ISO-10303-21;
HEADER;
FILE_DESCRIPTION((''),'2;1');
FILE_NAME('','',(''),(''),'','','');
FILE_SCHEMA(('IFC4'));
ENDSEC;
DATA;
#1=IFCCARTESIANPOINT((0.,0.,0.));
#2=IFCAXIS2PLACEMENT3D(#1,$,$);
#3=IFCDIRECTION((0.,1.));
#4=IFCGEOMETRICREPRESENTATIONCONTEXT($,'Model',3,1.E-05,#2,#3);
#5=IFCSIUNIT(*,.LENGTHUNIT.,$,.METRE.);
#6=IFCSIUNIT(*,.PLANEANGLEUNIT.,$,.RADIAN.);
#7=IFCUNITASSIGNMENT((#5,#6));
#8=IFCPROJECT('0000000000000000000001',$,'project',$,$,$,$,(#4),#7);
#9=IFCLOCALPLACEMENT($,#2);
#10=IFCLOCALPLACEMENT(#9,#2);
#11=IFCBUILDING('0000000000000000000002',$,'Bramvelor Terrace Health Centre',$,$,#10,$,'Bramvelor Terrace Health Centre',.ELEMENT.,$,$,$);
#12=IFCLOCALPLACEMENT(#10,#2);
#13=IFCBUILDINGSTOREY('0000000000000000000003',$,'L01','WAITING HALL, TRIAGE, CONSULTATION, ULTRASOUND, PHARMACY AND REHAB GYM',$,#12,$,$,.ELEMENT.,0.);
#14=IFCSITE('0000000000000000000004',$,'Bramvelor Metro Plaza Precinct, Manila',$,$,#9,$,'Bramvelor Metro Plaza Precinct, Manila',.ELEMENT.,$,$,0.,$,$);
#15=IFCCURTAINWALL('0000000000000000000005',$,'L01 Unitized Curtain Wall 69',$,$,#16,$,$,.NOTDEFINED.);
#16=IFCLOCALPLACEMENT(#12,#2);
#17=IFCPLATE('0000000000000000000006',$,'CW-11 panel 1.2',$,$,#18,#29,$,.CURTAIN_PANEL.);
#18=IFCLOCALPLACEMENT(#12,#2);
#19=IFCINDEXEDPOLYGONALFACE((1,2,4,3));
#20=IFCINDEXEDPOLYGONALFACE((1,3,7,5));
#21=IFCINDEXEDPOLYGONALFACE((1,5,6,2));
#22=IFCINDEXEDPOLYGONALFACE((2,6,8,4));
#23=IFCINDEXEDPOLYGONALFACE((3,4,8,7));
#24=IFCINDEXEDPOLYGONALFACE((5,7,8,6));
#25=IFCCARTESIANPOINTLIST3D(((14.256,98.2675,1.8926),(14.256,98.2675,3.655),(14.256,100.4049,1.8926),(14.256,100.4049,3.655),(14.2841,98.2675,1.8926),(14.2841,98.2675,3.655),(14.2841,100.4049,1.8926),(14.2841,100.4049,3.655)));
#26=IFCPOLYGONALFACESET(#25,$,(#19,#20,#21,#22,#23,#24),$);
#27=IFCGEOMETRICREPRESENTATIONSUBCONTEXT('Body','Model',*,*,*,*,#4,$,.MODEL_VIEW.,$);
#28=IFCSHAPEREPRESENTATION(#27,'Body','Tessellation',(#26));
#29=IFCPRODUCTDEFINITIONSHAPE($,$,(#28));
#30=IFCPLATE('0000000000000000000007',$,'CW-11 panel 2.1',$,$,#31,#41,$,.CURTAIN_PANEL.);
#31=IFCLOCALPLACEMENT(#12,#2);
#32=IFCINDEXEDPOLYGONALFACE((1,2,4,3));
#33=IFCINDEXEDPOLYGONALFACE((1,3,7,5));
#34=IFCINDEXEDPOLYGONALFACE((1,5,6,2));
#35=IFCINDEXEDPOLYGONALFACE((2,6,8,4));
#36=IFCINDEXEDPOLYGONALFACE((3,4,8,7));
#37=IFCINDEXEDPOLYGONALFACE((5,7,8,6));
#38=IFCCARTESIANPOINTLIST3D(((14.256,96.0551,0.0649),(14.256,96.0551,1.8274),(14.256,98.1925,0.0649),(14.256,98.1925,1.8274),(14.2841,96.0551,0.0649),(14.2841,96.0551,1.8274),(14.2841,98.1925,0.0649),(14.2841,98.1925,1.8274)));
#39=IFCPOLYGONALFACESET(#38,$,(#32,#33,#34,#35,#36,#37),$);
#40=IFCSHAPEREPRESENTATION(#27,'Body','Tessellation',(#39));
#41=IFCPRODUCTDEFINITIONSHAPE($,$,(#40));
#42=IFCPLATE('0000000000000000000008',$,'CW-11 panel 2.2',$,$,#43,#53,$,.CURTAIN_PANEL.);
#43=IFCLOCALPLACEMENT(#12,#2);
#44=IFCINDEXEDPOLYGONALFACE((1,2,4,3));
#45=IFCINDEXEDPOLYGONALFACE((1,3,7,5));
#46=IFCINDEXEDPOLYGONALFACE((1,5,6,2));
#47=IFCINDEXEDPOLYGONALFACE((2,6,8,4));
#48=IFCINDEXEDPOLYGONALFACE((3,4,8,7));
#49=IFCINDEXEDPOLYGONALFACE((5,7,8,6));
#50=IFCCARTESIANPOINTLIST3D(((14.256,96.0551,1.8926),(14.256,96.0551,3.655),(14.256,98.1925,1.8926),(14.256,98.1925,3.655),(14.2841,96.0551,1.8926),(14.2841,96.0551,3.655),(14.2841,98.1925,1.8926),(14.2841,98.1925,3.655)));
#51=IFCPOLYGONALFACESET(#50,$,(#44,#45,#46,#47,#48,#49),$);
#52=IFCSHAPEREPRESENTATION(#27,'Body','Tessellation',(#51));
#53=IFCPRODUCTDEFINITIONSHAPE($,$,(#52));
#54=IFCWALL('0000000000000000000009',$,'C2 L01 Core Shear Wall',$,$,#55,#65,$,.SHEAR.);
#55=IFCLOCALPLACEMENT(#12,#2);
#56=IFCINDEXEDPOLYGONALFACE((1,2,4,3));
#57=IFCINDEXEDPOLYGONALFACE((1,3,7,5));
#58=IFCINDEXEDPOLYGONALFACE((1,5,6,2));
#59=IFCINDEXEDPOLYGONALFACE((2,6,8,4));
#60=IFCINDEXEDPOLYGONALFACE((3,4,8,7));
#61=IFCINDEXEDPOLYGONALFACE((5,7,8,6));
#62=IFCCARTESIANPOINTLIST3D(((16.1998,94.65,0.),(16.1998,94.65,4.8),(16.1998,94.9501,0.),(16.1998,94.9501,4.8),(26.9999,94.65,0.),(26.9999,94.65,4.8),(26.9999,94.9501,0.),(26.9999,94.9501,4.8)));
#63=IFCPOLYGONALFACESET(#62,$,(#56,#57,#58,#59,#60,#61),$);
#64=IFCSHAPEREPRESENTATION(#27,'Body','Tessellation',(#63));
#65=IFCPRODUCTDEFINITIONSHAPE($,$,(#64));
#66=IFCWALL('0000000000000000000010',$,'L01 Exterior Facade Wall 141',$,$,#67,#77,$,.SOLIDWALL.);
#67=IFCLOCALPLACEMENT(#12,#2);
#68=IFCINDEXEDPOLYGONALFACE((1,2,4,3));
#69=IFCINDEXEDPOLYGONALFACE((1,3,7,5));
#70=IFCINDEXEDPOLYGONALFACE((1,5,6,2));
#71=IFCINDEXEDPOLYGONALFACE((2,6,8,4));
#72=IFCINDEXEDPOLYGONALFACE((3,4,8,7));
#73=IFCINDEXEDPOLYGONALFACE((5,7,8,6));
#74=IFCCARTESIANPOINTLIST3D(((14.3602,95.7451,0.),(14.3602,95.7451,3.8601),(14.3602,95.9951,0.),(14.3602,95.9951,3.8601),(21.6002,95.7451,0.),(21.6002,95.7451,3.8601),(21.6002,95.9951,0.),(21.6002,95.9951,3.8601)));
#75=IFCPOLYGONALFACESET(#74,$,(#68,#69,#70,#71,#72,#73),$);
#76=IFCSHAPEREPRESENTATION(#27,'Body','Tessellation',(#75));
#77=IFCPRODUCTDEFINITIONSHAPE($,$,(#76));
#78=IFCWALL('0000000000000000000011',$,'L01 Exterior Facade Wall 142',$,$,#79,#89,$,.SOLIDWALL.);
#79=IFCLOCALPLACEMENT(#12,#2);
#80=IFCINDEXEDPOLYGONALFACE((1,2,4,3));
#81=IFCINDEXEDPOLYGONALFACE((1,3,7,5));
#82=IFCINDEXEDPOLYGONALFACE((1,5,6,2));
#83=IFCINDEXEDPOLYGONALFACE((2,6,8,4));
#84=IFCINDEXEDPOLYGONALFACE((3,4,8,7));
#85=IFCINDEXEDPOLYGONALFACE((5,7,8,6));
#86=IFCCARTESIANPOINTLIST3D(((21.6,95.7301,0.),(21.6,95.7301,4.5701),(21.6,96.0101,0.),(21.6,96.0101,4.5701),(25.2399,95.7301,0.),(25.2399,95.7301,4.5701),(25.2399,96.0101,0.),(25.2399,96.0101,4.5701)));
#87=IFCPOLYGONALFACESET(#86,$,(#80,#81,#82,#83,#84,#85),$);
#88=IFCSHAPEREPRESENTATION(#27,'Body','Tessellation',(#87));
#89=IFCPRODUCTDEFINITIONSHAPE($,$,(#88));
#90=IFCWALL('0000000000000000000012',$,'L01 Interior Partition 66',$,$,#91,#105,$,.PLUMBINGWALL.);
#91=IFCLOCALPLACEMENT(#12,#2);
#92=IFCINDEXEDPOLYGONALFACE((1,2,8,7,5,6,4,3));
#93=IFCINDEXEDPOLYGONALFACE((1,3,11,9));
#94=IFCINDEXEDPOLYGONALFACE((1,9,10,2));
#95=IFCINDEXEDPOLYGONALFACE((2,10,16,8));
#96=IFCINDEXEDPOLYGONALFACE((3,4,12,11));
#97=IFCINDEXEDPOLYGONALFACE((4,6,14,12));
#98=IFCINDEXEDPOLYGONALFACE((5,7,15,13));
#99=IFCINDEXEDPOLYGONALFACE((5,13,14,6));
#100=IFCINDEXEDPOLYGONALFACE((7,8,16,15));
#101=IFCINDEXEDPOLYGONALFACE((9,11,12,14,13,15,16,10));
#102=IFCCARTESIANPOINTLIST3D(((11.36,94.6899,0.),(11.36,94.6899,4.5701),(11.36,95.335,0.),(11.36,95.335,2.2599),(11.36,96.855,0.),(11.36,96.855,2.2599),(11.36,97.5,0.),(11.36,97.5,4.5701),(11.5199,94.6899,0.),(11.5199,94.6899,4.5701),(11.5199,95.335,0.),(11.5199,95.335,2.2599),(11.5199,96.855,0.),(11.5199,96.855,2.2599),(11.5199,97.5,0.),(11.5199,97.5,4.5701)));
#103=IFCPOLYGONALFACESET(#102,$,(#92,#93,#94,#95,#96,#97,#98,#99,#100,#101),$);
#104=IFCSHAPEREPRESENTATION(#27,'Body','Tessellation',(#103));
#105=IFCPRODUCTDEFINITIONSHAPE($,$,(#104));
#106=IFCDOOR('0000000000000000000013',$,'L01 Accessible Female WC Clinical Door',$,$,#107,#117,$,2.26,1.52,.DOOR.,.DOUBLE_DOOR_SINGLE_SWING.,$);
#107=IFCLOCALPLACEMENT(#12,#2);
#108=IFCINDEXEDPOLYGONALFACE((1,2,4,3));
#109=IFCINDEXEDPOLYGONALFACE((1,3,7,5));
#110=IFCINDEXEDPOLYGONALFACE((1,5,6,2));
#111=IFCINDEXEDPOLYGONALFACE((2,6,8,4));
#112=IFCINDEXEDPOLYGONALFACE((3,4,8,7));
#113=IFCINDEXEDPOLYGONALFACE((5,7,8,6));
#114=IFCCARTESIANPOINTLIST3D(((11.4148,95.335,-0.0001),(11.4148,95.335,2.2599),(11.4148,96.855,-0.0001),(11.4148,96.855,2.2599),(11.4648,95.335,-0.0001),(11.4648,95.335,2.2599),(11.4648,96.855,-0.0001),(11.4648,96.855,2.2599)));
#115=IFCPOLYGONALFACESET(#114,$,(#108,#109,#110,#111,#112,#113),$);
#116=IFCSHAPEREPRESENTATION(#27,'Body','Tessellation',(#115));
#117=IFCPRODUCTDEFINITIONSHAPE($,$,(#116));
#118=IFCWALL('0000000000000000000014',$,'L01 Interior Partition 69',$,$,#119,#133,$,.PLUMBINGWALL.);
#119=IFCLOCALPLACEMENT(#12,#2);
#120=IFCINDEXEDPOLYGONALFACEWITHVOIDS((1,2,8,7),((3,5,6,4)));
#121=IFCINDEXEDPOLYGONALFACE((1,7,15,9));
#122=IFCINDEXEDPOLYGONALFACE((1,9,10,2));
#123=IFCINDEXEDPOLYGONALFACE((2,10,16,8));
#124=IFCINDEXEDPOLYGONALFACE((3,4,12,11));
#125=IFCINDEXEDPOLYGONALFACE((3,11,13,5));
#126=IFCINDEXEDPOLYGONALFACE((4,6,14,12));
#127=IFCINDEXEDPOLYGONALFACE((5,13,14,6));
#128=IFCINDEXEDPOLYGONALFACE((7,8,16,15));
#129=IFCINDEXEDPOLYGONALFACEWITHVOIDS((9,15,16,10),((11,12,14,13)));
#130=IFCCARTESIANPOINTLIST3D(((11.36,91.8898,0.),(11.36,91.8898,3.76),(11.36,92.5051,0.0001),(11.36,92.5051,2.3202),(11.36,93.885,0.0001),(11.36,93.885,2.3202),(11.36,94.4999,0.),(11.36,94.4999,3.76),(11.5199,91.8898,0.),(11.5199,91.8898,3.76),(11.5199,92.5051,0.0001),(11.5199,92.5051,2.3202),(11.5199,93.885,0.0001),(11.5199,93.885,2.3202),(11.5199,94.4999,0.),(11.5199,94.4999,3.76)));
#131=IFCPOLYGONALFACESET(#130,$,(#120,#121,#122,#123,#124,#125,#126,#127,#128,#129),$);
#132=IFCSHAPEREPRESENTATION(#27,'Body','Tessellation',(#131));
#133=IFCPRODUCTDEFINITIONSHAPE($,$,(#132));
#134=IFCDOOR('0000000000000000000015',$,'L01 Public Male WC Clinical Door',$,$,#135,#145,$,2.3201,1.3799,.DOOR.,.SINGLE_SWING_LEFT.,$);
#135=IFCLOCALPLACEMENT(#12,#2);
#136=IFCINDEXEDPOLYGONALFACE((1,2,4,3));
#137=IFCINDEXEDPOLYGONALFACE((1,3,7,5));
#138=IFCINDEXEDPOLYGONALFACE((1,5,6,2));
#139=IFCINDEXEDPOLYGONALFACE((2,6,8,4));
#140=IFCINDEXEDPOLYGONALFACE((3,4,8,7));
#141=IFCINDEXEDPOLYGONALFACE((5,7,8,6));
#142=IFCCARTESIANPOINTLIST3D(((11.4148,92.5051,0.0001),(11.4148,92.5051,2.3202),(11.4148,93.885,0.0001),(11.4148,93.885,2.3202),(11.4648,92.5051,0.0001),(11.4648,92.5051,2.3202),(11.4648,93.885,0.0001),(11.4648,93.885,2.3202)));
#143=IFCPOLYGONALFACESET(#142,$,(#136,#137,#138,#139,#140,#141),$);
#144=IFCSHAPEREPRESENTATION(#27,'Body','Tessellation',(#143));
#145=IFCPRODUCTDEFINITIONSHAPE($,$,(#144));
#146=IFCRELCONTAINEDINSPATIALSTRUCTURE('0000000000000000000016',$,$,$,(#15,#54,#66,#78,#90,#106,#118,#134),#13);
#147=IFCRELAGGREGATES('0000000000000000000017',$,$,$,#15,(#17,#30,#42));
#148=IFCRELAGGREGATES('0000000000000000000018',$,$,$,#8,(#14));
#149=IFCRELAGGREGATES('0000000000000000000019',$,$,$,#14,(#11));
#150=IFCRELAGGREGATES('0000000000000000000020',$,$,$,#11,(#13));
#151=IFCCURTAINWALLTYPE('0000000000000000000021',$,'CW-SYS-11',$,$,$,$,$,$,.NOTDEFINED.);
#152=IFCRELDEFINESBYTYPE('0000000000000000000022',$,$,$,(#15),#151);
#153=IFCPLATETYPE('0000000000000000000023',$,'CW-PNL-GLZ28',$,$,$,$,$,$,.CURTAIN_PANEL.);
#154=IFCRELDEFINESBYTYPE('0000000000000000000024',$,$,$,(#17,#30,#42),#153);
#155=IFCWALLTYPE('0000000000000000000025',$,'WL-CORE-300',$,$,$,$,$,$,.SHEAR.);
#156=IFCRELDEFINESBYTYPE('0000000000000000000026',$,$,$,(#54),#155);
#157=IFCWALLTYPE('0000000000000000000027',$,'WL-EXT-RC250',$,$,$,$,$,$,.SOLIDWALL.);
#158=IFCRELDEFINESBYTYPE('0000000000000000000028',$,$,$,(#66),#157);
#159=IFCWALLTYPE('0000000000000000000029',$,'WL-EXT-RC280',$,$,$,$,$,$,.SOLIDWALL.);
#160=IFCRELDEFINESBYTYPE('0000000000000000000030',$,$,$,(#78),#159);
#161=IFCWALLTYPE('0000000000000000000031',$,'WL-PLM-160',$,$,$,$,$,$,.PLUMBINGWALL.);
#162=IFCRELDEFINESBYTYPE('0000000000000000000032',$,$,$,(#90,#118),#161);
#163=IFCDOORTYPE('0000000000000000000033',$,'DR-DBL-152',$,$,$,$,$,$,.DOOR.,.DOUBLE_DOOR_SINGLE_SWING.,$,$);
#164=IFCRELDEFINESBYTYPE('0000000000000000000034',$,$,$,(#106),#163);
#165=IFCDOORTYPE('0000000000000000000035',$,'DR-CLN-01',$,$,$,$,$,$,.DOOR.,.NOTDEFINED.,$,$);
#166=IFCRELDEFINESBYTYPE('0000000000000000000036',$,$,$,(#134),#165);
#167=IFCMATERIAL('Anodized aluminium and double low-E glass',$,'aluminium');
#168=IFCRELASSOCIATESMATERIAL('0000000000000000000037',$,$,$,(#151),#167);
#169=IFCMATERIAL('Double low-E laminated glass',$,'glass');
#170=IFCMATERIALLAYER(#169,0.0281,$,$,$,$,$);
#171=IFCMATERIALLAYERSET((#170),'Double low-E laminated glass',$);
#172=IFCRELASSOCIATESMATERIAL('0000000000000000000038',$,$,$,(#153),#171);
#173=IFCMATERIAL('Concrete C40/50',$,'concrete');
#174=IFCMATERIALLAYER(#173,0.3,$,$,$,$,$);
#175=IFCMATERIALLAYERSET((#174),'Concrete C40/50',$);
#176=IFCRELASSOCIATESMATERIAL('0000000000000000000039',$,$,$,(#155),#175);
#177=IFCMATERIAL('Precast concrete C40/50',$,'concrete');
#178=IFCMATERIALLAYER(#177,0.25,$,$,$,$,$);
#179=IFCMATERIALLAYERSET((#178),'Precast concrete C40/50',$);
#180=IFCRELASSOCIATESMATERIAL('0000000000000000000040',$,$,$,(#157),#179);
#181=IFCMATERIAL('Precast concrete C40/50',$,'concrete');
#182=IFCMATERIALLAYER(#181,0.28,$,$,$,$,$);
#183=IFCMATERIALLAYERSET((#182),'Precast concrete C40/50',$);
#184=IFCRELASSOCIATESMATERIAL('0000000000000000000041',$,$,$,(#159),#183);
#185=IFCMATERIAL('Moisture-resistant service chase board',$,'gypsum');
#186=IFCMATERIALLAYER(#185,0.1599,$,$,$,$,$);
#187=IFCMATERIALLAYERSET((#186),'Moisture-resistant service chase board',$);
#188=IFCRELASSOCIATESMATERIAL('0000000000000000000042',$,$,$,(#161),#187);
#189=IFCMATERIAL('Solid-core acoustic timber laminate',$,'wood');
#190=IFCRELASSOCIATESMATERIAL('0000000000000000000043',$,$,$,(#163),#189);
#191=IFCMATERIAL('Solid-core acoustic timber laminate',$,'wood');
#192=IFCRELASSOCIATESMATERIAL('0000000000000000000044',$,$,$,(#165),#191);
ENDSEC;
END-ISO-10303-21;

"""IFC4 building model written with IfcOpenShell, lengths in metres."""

from ifc_helpers import new_model, si_unit, direction, frame, frame_2d, origin, origin_2d, place, context, subcontext, project, spatial, rectangle, extrude, material, layer, layer_set, type_object, element, fill, aggregate, save


model = new_model("IFC4")

# Units and contexts
model_context = context("Model", 3, precision=1e-05, world=origin(), true_north=direction((0.0, 1.0)))
body_context = subcontext(model_context, "Body", "Model", "MODEL_VIEW")
ifc_project = project(units=[si_unit("LENGTHUNIT", "METRE"), si_unit("PLANEANGLEUNIT", "RADIAN")], contexts=[model_context])

# Site, building, storey
site_placement = place(None, origin())
site = spatial("IfcSite", under=ifc_project, at=site_placement, Name="Bramvelor Metro Plaza Precinct, Manila", LongName="Bramvelor Metro Plaza Precinct, Manila", CompositionType="ELEMENT", RefElevation=0.0)
building_placement = place(site_placement, origin())
building = spatial("IfcBuilding", under=site, at=building_placement, Name="Bramvelor Terrace Health Centre", LongName="Bramvelor Terrace Health Centre", CompositionType="ELEMENT")
storey_placement = place(building_placement, origin())
storey = spatial("IfcBuildingStorey", under=building, at=storey_placement, Name="L01", Description="WAITING HALL, TRIAGE, CONSULTATION, ULTRASOUND, PHARMACY AND REHAB GYM", CompositionType="ELEMENT", Elevation=0.0)

# Curtain wall, plates
ifc_material_1 = material(Name="Anodized aluminium and double low-E glass", Category="aluminium")
curtain_wall_type = type_object("IfcCurtainWallType", Name="CW-SYS-11", PredefinedType="NOTDEFINED", material=ifc_material_1)
curtain_wall_placement = place(storey_placement, origin())
curtain_wall = element("IfcCurtainWall", 1, at=curtain_wall_placement, inside=storey, type_object=curtain_wall_type, Name="L01 Unitized Curtain Wall 69", PredefinedType="NOTDEFINED")
ifc_material_2 = material(Name="Double low-E laminated glass", Category="glass")
ifc_layer_1 = layer(ifc_material_2, 0.0281)
ifc_layer_set_1 = layer_set([ifc_layer_1], Name="Double low-E laminated glass")
plate_type = type_object("IfcPlateType", Name="CW-PNL-GLZ28", PredefinedType="CURTAIN_PANEL", material=ifc_layer_set_1)
plate_1_placement = place(storey_placement, frame((14.27, 99.3362, 1.8926), z_axis=(0.0, 0.0, 1.0), x_axis=(0.0, -1.0, 0.0)))
plate_1 = element("IfcPlate", 2, at=plate_1_placement, type_object=plate_type, Name="CW-11 panel 1.2", PredefinedType="CURTAIN_PANEL", context=body_context, shape_type="SweptSolid", body=[
    extrude(rectangle(XDim=2.1375, YDim=0.0281, at=origin_2d()), origin(), (0.0, 0.0, 1.0), 1.7625),
])
plate_2_placement = place(storey_placement, frame((14.27, 97.1238, 0.0649), z_axis=(0.0, 0.0, 1.0), x_axis=(0.0, -1.0, 0.0)))
plate_2 = element("IfcPlate", 3, at=plate_2_placement, type_object=plate_type, Name="CW-11 panel 2.1", PredefinedType="CURTAIN_PANEL", context=body_context, shape_type="SweptSolid", body=[
    extrude(rectangle(XDim=2.1375, YDim=0.0281, at=origin_2d()), origin(), (0.0, 0.0, 1.0), 1.7625),
])
plate_3_placement = place(storey_placement, frame((14.27, 97.1238, 1.8926), z_axis=(0.0, 0.0, 1.0), x_axis=(0.0, -1.0, 0.0)))
plate_3 = element("IfcPlate", 4, at=plate_3_placement, type_object=plate_type, Name="CW-11 panel 2.2", PredefinedType="CURTAIN_PANEL", context=body_context, shape_type="SweptSolid", body=[
    extrude(rectangle(XDim=2.1375, YDim=0.0281, at=origin_2d()), origin(), (0.0, 0.0, 1.0), 1.7625),
])
aggregate(curtain_wall, [plate_1, plate_2, plate_3])

# Walls
ifc_material_3 = material(Name="Concrete C40/50", Category="concrete")
ifc_layer_2 = layer(ifc_material_3, 0.3)
ifc_layer_set_2 = layer_set([ifc_layer_2], Name="Concrete C40/50")
wall_type_1 = type_object("IfcWallType", Name="WL-CORE-300", PredefinedType="SHEAR", material=ifc_layer_set_2)
wall_1_placement = place(storey_placement, frame((16.2, 94.8, 0.0), z_axis=(0.0, 0.0, 1.0), x_axis=(1.0, 0.0, 0.0)))
element("IfcWall", 5, at=wall_1_placement, inside=storey, type_object=wall_type_1, Name="C2 L01 Core Shear Wall", PredefinedType="SHEAR", context=body_context, shape_type="SweptSolid", body=[
    extrude(rectangle(XDim=10.8, YDim=0.3, at=frame_2d((5.3999, 0.0))), origin(), (0.0, 0.0, 1.0), 4.8),
])
ifc_material_4 = material(Name="Precast concrete C40/50", Category="concrete")
ifc_layer_3 = layer(ifc_material_4, 0.25)
ifc_layer_set_3 = layer_set([ifc_layer_3], Name="Precast concrete C40/50")
wall_type_2 = type_object("IfcWallType", Name="WL-EXT-RC250", PredefinedType="SOLIDWALL", material=ifc_layer_set_3)
wall_2_placement = place(storey_placement, frame((14.3601, 95.8701, 0.0), z_axis=(0.0, 0.0, 1.0), x_axis=(1.0, 0.0, 0.0)))
element("IfcWall", 6, at=wall_2_placement, inside=storey, type_object=wall_type_2, Name="L01 Exterior Facade Wall 141", PredefinedType="SOLIDWALL", context=body_context, shape_type="SweptSolid", body=[
    extrude(rectangle(XDim=7.24, YDim=0.25, at=frame_2d((3.6201, 0.0))), origin(), (0.0, 0.0, 1.0), 3.8601),
])
ifc_material_5 = material(Name="Precast concrete C40/50", Category="concrete")
ifc_layer_4 = layer(ifc_material_5, 0.28)
ifc_layer_set_4 = layer_set([ifc_layer_4], Name="Precast concrete C40/50")
wall_type_3 = type_object("IfcWallType", Name="WL-EXT-RC280", PredefinedType="SOLIDWALL", material=ifc_layer_set_4)
wall_3_placement = place(storey_placement, frame((21.6001, 95.8701, 0.0), z_axis=(0.0, 0.0, 1.0), x_axis=(1.0, 0.0, 0.0)))
element("IfcWall", 7, at=wall_3_placement, inside=storey, type_object=wall_type_3, Name="L01 Exterior Facade Wall 142", PredefinedType="SOLIDWALL", context=body_context, shape_type="SweptSolid", body=[
    extrude(rectangle(XDim=3.6399, YDim=0.28, at=frame_2d((1.8198, 0.0))), origin(), (0.0, 0.0, 1.0), 4.5701),
])

# Walls, openings, doors
ifc_material_6 = material(Name="Moisture-resistant service chase board", Category="gypsum")
ifc_layer_5 = layer(ifc_material_6, 0.1599)
ifc_layer_set_5 = layer_set([ifc_layer_5], Name="Moisture-resistant service chase board")
wall_type_4 = type_object("IfcWallType", Name="WL-PLM-160", PredefinedType="PLUMBINGWALL", material=ifc_layer_set_5)
wall_4_placement = place(storey_placement, frame((11.4399, 97.5, 0.0), z_axis=(0.0, 0.0, 1.0), x_axis=(0.0, -1.0, 0.0)))
wall_4 = element("IfcWall", 8, at=wall_4_placement, inside=storey, type_object=wall_type_4, Name="L01 Interior Partition 66", PredefinedType="PLUMBINGWALL", context=body_context, shape_type="SweptSolid", body=[
    extrude(rectangle(XDim=2.8101, YDim=0.1599, at=frame_2d((1.405, 0.0))), origin(), (0.0, 0.0, 1.0), 4.5701),
])
opening_1_placement = place(wall_4_placement, frame((0.645, 0.0, 0.0)))
opening_1 = element("IfcOpeningElement", 9, at=opening_1_placement, cuts=wall_4, PredefinedType="OPENING", context=body_context, shape_type="SweptSolid", body=[
    extrude(rectangle(XDim=1.52, YDim=2.26, at=frame_2d((0.76, 1.1299))), frame((0.0, 0.0898, 0.0), z_axis=(0.0, -1.0, 0.0), x_axis=(1.0, 0.0, 0.0)), (0.0, 0.0, 1.0), 0.1799),
])
ifc_material_7 = material(Name="Solid-core acoustic timber laminate", Category="wood")
door_type_1 = type_object("IfcDoorType", Name="DR-DBL-152", OperationType="DOUBLE_DOOR_SINGLE_SWING", PredefinedType="DOOR", material=ifc_material_7)
door_1_placement = place(opening_1_placement, origin())
door_1 = element("IfcDoor", 10, at=door_1_placement, inside=storey, type_object=door_type_1, Name="L01 Accessible Female WC Clinical Door", OperationType="DOUBLE_DOOR_SINGLE_SWING", OverallHeight=2.26, OverallWidth=1.52, PredefinedType="DOOR", context=body_context, shape_type="SweptSolid", body=[
    extrude(rectangle(XDim=1.52, YDim=2.26, at=frame_2d((0.76, 1.1299))), frame((0.0, 0.0249, 0.0), z_axis=(0.0, -1.0, 0.0), x_axis=(1.0, 0.0, 0.0)), (0.0, 0.0, 1.0), 0.05),
])
fill(opening_1, door_1)
wall_5_placement = place(storey_placement, frame((11.4399, 94.5, 0.0), z_axis=(0.0, 0.0, 1.0), x_axis=(0.0, -1.0, 0.0)))
wall_5 = element("IfcWall", 11, at=wall_5_placement, inside=storey, type_object=wall_type_4, Name="L01 Interior Partition 69", PredefinedType="PLUMBINGWALL", context=body_context, shape_type="SweptSolid", body=[
    extrude(rectangle(XDim=2.6101, YDim=0.1599, at=frame_2d((1.3052, 0.0))), origin(), (0.0, 0.0, 1.0), 3.76),
])
opening_2_placement = place(wall_5_placement, frame((0.615, 0.0, 0.0)))
opening_2 = element("IfcOpeningElement", 12, at=opening_2_placement, cuts=wall_5, PredefinedType="OPENING", context=body_context, shape_type="SweptSolid", body=[
    extrude(rectangle(XDim=1.3799, YDim=2.3201, at=frame_2d((0.6899, 1.1602))), frame((0.0, 0.0898, 0.0), z_axis=(0.0, -1.0, 0.0), x_axis=(1.0, 0.0, 0.0)), (0.0, 0.0, 1.0), 0.1799),
])
ifc_material_8 = material(Name="Solid-core acoustic timber laminate", Category="wood")
door_type_2 = type_object("IfcDoorType", Name="DR-CLN-01", OperationType="NOTDEFINED", PredefinedType="DOOR", material=ifc_material_8)
door_2_placement = place(opening_2_placement, origin())
door_2 = element("IfcDoor", 13, at=door_2_placement, inside=storey, type_object=door_type_2, Name="L01 Public Male WC Clinical Door", OperationType="SINGLE_SWING_LEFT", OverallHeight=2.3201, OverallWidth=1.3799, PredefinedType="DOOR", context=body_context, shape_type="SweptSolid", body=[
    extrude(rectangle(XDim=1.3799, YDim=2.3201, at=frame_2d((0.6899, 1.1602))), frame((0.0, 0.0249, 0.0), z_axis=(0.0, -1.0, 0.0), x_axis=(1.0, 0.0, 0.0)), (0.0, 0.0, 1.0), 0.05),
])
fill(opening_2, door_2)

save(model, "model.ifc")
